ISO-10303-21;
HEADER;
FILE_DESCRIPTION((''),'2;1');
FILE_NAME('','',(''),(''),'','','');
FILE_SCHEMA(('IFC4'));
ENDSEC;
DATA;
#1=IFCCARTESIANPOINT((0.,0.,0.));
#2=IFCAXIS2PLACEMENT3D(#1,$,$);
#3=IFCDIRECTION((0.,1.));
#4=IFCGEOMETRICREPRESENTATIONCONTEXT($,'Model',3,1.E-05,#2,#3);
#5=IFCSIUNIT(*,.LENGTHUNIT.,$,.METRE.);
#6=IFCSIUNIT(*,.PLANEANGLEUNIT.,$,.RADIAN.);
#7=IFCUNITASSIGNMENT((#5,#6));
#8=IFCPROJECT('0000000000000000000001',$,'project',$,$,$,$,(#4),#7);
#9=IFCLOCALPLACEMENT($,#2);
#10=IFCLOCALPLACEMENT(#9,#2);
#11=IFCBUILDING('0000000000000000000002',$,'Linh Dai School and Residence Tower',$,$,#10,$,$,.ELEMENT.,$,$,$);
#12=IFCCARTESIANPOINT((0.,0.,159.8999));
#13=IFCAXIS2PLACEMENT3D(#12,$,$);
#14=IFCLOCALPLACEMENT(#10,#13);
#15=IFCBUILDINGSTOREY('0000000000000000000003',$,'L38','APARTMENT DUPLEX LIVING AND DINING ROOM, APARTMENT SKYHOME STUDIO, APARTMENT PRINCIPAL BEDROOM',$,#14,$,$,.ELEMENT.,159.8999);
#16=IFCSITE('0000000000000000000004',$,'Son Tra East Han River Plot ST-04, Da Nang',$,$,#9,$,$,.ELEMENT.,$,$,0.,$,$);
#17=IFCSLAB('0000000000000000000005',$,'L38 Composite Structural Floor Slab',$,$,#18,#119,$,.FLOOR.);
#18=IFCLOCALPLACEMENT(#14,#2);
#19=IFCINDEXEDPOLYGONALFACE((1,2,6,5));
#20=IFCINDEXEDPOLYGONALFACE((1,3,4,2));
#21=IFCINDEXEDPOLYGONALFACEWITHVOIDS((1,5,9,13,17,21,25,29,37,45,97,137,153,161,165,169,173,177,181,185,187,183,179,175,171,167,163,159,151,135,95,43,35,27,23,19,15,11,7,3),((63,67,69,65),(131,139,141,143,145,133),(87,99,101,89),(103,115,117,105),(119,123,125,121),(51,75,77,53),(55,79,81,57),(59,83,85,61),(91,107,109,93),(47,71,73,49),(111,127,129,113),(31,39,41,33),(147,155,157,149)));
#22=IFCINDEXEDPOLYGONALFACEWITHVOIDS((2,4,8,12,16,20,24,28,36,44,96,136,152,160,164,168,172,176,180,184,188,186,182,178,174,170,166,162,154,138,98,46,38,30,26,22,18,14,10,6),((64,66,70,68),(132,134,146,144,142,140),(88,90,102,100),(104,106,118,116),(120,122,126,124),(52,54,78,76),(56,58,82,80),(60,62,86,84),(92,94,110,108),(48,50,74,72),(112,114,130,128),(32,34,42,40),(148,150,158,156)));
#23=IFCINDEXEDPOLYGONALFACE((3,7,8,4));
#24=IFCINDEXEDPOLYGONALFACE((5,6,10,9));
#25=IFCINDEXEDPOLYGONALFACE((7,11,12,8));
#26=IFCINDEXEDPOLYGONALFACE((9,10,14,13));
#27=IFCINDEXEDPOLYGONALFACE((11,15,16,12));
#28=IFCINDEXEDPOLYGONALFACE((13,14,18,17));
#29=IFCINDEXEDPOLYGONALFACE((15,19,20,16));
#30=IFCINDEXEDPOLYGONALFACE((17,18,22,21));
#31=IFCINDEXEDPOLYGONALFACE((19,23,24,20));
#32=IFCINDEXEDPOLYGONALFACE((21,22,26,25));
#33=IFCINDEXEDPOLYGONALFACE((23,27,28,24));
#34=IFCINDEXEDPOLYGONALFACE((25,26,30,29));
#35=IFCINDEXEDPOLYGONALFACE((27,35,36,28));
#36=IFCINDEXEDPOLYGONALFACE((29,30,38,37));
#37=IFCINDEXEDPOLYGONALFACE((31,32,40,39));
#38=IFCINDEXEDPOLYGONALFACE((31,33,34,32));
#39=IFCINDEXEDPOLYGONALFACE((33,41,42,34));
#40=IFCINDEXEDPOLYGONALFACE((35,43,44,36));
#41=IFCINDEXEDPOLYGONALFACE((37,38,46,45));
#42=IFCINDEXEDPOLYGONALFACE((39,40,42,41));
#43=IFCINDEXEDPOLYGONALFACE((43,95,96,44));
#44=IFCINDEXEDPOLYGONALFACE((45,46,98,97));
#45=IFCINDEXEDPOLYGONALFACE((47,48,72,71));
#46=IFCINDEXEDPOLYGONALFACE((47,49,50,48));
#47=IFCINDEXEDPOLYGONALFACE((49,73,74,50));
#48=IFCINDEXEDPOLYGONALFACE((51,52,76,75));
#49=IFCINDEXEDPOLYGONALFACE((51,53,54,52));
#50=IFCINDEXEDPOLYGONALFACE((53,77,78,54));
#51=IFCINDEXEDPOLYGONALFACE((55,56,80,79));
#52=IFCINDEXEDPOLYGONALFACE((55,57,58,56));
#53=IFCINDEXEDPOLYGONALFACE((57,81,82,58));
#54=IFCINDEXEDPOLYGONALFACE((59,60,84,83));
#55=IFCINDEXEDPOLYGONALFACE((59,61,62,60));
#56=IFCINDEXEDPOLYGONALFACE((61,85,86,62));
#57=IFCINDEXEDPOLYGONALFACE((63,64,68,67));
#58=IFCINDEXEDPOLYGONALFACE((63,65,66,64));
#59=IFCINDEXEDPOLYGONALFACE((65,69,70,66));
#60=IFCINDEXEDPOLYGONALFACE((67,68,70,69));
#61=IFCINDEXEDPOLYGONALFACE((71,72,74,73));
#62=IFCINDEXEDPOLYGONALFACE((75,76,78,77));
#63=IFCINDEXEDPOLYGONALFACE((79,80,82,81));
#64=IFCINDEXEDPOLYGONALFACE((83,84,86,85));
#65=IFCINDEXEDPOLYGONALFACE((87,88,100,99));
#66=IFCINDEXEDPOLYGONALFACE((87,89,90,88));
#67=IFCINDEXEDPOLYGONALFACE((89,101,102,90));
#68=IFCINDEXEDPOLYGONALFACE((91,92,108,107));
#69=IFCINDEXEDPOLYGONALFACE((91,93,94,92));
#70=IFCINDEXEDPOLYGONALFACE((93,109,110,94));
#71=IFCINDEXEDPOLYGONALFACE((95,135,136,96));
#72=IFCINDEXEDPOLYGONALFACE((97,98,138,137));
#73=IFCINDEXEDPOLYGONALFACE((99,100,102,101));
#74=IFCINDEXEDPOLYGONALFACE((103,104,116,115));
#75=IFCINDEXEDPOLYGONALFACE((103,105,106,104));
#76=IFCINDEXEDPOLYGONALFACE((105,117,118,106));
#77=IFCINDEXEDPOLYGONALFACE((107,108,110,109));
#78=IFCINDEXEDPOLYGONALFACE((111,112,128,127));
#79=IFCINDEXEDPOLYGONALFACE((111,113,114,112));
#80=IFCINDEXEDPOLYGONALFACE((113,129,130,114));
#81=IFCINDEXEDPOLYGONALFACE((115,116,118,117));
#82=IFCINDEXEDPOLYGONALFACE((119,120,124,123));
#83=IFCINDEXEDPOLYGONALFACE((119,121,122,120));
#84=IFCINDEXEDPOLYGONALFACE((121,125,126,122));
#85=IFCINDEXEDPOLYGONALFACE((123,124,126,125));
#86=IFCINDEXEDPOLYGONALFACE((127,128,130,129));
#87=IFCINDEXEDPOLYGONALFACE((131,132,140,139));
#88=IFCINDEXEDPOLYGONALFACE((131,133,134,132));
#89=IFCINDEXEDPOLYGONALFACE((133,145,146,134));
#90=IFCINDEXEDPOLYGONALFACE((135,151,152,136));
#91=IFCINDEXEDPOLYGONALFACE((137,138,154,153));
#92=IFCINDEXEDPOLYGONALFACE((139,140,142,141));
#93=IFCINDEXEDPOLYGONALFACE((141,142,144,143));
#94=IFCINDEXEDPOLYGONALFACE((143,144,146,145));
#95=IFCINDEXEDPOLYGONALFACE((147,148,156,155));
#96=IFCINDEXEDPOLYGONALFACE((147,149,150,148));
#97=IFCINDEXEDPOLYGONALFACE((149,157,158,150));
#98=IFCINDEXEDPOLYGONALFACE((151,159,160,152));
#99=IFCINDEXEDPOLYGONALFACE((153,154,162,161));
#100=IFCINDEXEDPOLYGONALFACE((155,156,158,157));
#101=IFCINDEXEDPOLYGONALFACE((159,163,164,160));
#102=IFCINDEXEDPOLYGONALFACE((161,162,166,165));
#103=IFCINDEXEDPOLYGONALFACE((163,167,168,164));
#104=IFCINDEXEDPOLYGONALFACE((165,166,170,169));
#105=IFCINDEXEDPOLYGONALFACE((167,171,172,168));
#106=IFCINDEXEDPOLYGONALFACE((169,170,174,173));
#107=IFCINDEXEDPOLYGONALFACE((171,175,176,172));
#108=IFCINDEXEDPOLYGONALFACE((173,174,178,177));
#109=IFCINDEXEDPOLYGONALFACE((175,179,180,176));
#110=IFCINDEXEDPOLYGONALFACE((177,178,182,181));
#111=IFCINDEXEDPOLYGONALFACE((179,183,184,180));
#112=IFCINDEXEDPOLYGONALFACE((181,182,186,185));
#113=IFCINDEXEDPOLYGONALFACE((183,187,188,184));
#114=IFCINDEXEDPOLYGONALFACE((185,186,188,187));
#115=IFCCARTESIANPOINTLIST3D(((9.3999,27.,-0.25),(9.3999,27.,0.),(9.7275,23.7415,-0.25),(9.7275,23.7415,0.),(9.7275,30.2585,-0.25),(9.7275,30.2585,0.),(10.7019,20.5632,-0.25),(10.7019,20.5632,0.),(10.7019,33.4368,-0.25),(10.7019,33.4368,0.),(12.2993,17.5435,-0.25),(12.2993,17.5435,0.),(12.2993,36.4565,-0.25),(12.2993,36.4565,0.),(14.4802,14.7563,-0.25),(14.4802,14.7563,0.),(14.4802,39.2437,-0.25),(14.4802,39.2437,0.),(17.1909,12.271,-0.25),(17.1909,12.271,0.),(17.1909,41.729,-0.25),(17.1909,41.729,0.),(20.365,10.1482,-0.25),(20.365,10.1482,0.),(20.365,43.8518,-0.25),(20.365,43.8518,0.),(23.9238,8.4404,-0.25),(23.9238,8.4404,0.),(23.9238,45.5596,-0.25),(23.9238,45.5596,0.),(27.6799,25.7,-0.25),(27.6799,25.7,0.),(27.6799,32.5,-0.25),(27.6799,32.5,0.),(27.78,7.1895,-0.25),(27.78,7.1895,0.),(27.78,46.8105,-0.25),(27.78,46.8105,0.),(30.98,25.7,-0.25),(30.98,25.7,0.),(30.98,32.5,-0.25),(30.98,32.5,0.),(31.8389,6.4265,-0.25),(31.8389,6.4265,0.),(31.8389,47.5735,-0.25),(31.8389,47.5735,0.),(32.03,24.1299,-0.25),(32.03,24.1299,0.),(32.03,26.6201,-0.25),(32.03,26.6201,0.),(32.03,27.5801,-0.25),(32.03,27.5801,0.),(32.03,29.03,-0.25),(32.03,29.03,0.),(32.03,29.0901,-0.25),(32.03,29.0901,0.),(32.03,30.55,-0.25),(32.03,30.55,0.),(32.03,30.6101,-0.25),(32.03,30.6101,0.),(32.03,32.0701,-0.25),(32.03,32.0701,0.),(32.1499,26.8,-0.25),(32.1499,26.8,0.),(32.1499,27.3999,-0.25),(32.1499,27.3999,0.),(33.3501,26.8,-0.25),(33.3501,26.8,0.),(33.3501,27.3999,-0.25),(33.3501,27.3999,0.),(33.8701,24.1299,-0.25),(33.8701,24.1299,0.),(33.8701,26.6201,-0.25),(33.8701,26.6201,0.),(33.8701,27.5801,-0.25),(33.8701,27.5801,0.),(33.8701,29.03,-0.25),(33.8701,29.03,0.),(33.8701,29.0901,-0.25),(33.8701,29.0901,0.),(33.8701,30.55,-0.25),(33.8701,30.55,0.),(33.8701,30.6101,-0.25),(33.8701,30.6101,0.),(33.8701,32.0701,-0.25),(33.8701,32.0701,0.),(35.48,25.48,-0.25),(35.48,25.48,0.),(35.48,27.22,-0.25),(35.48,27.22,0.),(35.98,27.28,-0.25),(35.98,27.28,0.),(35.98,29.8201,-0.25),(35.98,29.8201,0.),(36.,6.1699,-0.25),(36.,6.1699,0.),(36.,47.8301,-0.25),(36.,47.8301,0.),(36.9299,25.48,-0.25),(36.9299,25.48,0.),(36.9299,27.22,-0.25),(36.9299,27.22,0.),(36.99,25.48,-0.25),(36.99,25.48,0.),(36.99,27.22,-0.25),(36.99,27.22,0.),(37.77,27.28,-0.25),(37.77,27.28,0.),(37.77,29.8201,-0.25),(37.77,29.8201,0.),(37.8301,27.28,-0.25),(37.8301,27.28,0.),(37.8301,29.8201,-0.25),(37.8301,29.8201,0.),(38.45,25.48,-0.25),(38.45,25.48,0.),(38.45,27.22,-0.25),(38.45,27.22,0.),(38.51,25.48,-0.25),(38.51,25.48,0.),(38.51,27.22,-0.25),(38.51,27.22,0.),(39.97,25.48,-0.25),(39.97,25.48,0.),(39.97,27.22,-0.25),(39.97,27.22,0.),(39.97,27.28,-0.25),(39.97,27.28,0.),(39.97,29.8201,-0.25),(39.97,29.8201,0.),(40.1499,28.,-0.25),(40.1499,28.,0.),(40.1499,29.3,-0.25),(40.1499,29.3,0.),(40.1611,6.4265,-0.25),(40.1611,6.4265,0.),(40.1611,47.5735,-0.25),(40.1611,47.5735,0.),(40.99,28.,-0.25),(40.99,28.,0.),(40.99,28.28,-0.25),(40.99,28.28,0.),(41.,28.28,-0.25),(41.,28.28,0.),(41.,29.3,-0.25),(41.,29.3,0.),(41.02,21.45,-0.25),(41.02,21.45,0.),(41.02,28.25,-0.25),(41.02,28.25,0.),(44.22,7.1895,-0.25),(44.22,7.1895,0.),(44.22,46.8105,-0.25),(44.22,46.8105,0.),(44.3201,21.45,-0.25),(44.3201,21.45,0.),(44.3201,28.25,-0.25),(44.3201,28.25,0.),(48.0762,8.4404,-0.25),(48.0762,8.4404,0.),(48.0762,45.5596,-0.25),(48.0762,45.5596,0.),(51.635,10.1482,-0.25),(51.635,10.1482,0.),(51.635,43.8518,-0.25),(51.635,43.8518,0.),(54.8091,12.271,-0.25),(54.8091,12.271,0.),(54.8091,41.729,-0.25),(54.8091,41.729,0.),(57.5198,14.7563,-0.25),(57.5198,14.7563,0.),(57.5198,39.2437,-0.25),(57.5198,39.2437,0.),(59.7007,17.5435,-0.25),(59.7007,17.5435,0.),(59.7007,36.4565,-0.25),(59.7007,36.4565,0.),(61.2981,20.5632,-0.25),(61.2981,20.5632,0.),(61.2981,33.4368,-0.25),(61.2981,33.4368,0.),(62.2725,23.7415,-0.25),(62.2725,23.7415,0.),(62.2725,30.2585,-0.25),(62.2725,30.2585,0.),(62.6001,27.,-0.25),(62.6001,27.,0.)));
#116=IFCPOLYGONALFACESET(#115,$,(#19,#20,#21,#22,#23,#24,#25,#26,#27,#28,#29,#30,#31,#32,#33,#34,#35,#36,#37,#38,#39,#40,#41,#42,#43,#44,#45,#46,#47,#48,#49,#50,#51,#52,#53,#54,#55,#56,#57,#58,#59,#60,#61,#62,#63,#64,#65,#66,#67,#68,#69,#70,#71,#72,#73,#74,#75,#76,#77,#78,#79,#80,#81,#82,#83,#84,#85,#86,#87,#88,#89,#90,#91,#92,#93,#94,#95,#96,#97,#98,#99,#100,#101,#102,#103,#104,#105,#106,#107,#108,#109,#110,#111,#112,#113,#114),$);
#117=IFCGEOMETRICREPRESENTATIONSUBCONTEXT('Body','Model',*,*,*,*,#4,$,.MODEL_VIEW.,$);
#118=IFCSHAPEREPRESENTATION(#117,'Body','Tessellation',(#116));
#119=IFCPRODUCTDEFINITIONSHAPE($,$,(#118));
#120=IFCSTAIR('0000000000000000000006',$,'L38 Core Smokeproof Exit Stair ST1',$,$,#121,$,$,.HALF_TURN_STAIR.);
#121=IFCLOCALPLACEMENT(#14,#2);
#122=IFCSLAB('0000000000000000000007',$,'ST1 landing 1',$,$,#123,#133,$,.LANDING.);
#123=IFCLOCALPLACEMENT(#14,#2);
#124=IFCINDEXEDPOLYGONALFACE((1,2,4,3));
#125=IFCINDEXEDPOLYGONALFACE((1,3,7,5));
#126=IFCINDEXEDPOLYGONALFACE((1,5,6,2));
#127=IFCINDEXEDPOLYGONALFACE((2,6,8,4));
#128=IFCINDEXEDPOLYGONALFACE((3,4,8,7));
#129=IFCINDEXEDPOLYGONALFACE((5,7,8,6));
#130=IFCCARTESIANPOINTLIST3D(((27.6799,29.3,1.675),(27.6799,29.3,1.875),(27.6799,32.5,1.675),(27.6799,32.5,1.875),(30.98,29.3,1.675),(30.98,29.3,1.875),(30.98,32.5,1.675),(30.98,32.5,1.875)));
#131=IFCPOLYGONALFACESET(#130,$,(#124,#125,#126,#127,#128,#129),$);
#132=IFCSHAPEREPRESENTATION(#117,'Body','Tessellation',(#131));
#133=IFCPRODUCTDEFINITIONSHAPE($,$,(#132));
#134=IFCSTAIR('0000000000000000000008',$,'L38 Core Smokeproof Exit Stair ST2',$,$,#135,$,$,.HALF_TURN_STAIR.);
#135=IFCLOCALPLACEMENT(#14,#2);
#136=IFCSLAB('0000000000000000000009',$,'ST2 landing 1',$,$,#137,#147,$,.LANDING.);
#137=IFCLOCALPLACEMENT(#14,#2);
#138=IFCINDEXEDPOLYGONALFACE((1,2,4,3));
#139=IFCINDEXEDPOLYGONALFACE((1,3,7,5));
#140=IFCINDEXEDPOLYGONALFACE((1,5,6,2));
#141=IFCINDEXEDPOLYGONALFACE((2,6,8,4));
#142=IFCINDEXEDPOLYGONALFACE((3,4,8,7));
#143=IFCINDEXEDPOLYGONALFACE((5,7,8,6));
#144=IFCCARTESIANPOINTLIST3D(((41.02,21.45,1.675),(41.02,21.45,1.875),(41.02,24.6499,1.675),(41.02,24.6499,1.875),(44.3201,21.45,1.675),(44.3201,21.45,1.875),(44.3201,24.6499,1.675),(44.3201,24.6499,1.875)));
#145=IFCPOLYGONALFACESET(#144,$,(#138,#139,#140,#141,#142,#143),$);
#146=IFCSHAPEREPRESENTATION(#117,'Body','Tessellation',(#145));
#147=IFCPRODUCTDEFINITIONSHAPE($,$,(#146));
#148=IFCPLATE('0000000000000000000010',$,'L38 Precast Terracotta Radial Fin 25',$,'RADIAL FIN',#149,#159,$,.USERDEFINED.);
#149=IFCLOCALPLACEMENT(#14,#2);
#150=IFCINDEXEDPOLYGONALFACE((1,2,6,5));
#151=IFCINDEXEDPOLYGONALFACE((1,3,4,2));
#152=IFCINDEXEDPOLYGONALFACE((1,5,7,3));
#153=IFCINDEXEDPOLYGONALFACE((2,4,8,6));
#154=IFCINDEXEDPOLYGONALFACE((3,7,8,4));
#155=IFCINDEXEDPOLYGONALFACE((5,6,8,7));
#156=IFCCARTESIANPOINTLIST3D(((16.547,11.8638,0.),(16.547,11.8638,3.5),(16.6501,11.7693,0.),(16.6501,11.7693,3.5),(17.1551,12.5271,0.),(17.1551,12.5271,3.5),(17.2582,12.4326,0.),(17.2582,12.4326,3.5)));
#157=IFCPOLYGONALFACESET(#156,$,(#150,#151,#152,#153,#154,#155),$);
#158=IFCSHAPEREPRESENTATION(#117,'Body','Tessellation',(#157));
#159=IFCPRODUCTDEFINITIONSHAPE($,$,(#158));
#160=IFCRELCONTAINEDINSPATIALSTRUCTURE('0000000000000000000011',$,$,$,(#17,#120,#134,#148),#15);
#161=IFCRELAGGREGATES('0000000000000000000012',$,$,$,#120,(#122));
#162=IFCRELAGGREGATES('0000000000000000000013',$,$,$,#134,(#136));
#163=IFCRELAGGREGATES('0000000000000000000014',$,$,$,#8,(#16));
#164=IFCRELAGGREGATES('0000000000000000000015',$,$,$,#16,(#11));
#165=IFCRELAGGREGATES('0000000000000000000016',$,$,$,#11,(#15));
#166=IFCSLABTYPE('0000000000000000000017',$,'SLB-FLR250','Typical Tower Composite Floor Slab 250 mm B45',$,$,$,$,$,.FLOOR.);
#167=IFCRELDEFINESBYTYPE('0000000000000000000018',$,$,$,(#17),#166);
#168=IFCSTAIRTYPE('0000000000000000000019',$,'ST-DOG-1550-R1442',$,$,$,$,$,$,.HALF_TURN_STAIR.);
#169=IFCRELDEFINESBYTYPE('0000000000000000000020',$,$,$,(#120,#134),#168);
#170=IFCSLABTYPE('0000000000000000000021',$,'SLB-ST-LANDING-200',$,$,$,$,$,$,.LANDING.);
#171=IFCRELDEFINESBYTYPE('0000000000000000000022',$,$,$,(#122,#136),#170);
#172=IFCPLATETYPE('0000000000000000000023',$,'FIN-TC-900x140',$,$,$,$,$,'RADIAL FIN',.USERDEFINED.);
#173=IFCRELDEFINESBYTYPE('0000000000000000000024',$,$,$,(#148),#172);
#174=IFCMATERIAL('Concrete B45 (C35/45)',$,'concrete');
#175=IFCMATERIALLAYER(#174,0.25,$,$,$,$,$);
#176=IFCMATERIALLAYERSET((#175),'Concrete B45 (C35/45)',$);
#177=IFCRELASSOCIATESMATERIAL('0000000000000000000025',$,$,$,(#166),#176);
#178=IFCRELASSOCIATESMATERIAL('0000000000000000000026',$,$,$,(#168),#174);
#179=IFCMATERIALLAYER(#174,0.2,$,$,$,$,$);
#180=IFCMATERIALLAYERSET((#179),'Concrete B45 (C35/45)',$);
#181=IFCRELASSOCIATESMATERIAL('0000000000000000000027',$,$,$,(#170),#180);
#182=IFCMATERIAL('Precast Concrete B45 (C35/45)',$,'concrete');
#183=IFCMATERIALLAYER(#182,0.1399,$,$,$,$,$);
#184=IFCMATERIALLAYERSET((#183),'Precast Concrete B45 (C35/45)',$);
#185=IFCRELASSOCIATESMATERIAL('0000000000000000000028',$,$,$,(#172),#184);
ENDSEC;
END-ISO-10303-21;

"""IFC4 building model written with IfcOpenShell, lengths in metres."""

from ifc_helpers import new_model, si_unit, direction, frame, origin, origin_2d, place, context, subcontext, project, spatial, polyline, rectangle, outline, extrude, source, transform, mapped, material, layer, layer_set, type_object, element, aggregate, save


model = new_model("IFC4")

# Units and contexts
model_context = context("Model", 3, precision=1e-05, world=origin(), true_north=direction((0.0, 1.0)))
body_context = subcontext(model_context, "Body", "Model", "MODEL_VIEW")
ifc_project = project(units=[si_unit("LENGTHUNIT", "METRE"), si_unit("PLANEANGLEUNIT", "RADIAN")], contexts=[model_context])

# Site, building, storey
site_placement = place(None, origin())
site = spatial("IfcSite", under=ifc_project, at=site_placement, Name="Son Tra East Han River Plot ST-04, Da Nang", CompositionType="ELEMENT", RefElevation=0.0)
building_placement = place(site_placement, origin())
building = spatial("IfcBuilding", under=site, at=building_placement, Name="Linh Dai School and Residence Tower", CompositionType="ELEMENT")
storey_placement = place(building_placement, frame((0.0, 0.0, 159.8999)))
storey = spatial("IfcBuildingStorey", under=building, at=storey_placement, Name="L38", Description="APARTMENT DUPLEX LIVING AND DINING ROOM, APARTMENT SKYHOME STUDIO, APARTMENT PRINCIPAL BEDROOM", CompositionType="ELEMENT", Elevation=159.8999)

# Slab
ifc_material_1 = material(Name="Concrete B45 (C35/45)", Category="concrete")
ifc_layer_1 = layer(ifc_material_1, 0.25)
ifc_layer_set_1 = layer_set([ifc_layer_1], Name="Concrete B45 (C35/45)")
slab_type_1 = type_object("IfcSlabType", Name="SLB-FLR250", Description="Typical Tower Composite Floor Slab 250 mm B45", PredefinedType="FLOOR", material=ifc_layer_set_1)
slab_1_placement = place(storey_placement, frame((0.0, 0.0, -0.25)))
element("IfcSlab", 1, at=slab_1_placement, inside=storey, type_object=slab_type_1, Name="L38 Composite Structural Floor Slab", PredefinedType="FLOOR", context=body_context, shape_type="SweptSolid", body=[
    extrude(outline(polyline([(62.6001, 27.0), (62.2725, 30.2585), (61.2981, 33.4368), (59.7007, 36.4565), (57.5198, 39.2437), (54.8091, 41.729), (51.635, 43.8518), (48.0762, 45.5596), (44.22, 46.8105), (40.1611, 47.5735), (36.0, 47.8301), (31.8389, 47.5735), (27.78, 46.8105), (23.9238, 45.5596), (20.365, 43.8518), (17.1909, 41.729), (14.4802, 39.2437), (12.2993, 36.4565), (10.7019, 33.4368), (9.7275, 30.2585), (9.3999, 27.0), (9.7275, 23.7415), (10.7019, 20.5632), (12.2993, 17.5435), (14.4802, 14.7563), (17.1909, 12.271), (20.365, 10.1482), (23.9238, 8.4404), (27.78, 7.1895), (31.8389, 6.4265), (36.0, 6.1699), (40.1611, 6.4265), (44.22, 7.1895), (48.0762, 8.4404), (51.635, 10.1482), (54.8091, 12.271), (57.5198, 14.7563), (59.7007, 17.5435), (61.2981, 20.5632), (62.2725, 23.7415), (62.6001, 27.0)]), holes=[polyline([(30.98, 25.7), (30.98, 32.5), (27.6799, 32.5), (27.6799, 25.7), (30.98, 25.7)]), polyline([(41.02, 28.25), (41.02, 21.45), (44.3201, 21.45), (44.3201, 28.25), (41.02, 28.25)]), polyline([(35.98, 27.28), (37.77, 27.28), (37.77, 29.8201), (35.98, 29.8201), (35.98, 27.28)]), polyline([(32.03, 24.1299), (33.8701, 24.1299), (33.8701, 26.6201), (32.03, 26.6201), (32.03, 24.1299)]), polyline([(37.8301, 27.28), (39.97, 27.28), (39.97, 29.8201), (37.8301, 29.8201), (37.8301, 27.28)]), polyline([(32.03, 27.5801), (33.8701, 27.5801), (33.8701, 29.03), (32.03, 29.03), (32.03, 27.5801)]), polyline([(32.03, 29.0901), (33.8701, 29.0901), (33.8701, 30.55), (32.03, 30.55), (32.03, 29.0901)]), polyline([(32.03, 30.6101), (33.8701, 30.6101), (33.8701, 32.0701), (32.03, 32.0701), (32.03, 30.6101)]), polyline([(35.48, 25.48), (36.9299, 25.48), (36.9299, 27.22), (35.48, 27.22), (35.48, 25.48)]), polyline([(36.99, 25.48), (38.45, 25.48), (38.45, 27.22), (36.99, 27.22), (36.99, 25.48)]), polyline([(38.51, 25.48), (39.97, 25.48), (39.97, 27.22), (38.51, 27.22), (38.51, 25.48)]), polyline([(40.1499, 28.0), (40.1499, 29.3), (41.0, 29.3), (41.0, 28.28), (40.99, 28.28), (40.99, 28.0), (40.1499, 28.0)]), polyline([(32.1499, 26.8), (33.3501, 26.8), (33.3501, 27.3999), (32.1499, 27.3999), (32.1499, 26.8)])]), origin(), (0.0, 0.0, 1.0), 0.25),
])

# Stairs, slabs
stair_type = type_object("IfcStairType", Name="ST-DOG-1550-R1442", PredefinedType="HALF_TURN_STAIR", material=ifc_material_1)
stair_1_placement = place(storey_placement, origin())
stair_1 = element("IfcStair", 2, at=stair_1_placement, inside=storey, type_object=stair_type, Name="L38 Core Smokeproof Exit Stair ST1", PredefinedType="HALF_TURN_STAIR")
ifc_layer_2 = layer(ifc_material_1, 0.2)
ifc_layer_set_2 = layer_set([ifc_layer_2], Name="Concrete B45 (C35/45)")
slab_type_2 = type_object("IfcSlabType", Name="SLB-ST-LANDING-200", PredefinedType="LANDING", material=ifc_layer_set_2)
slab_2_placement = place(storey_placement, frame((0.0, 0.0, 1.675)))
slab_2 = element("IfcSlab", 3, at=slab_2_placement, type_object=slab_type_2, Name="ST1 landing 1", PredefinedType="LANDING", context=body_context, shape_type="SweptSolid", body=[
    extrude(outline(polyline([(30.98, 29.3), (30.98, 32.5), (27.6799, 32.5), (27.6799, 29.3), (30.98, 29.3)])), origin(), (0.0, 0.0, 1.0), 0.2),
])
aggregate(stair_1, [slab_2])
stair_2_placement = place(storey_placement, origin())
stair_2 = element("IfcStair", 4, at=stair_2_placement, inside=storey, type_object=stair_type, Name="L38 Core Smokeproof Exit Stair ST2", PredefinedType="HALF_TURN_STAIR")
slab_3_placement = place(storey_placement, frame((0.0, 0.0, 1.675)))
slab_3 = element("IfcSlab", 5, at=slab_3_placement, type_object=slab_type_2, Name="ST2 landing 1", PredefinedType="LANDING", context=body_context, shape_type="SweptSolid", body=[
    extrude(outline(polyline([(41.02, 24.6499), (41.02, 21.45), (44.3201, 21.45), (44.3201, 24.6499), (41.02, 24.6499)])), origin(), (0.0, 0.0, 1.0), 0.2),
])
aggregate(stair_2, [slab_3])

# Plate
ifc_material_2 = material(Name="Precast Concrete B45 (C35/45)", Category="concrete")
ifc_layer_3 = layer(ifc_material_2, 0.1399)
ifc_layer_set_3 = layer_set([ifc_layer_3], Name="Precast Concrete B45 (C35/45)")
plate_type = type_object("IfcPlateType", Name="FIN-TC-900x140", ElementType="RADIAL FIN", PredefinedType="USERDEFINED", material=ifc_layer_set_3)
shared_shape_1 = source(origin(), body_context, "Body", "SweptSolid", [
    extrude(rectangle(XDim=0.8999, YDim=0.1399, at=origin_2d()), origin(), (0.0, 0.0, 1.0), 3.5),
])
plate_placement = place(storey_placement, frame((16.9026, 12.1482, 0.0), z_axis=(0.0, 0.0, 1.0), x_axis=(-0.6758, -0.737085, 0.0)))
element("IfcPlate", 6, at=plate_placement, inside=storey, type_object=plate_type, Name="L38 Precast Terracotta Radial Fin 25", ObjectType="RADIAL FIN", PredefinedType="USERDEFINED", context=body_context, shape_type="MappedRepresentation", body=[
    mapped(shared_shape_1, transform((0.0, 0.0, 0.0), x_axis=(1.0, 0.0, 0.0), y_axis=(0.0, 1.0, 0.0), z_axis=(0.0, 0.0, 1.0), scale=1.0)),
])

save(model, "model.ifc")
